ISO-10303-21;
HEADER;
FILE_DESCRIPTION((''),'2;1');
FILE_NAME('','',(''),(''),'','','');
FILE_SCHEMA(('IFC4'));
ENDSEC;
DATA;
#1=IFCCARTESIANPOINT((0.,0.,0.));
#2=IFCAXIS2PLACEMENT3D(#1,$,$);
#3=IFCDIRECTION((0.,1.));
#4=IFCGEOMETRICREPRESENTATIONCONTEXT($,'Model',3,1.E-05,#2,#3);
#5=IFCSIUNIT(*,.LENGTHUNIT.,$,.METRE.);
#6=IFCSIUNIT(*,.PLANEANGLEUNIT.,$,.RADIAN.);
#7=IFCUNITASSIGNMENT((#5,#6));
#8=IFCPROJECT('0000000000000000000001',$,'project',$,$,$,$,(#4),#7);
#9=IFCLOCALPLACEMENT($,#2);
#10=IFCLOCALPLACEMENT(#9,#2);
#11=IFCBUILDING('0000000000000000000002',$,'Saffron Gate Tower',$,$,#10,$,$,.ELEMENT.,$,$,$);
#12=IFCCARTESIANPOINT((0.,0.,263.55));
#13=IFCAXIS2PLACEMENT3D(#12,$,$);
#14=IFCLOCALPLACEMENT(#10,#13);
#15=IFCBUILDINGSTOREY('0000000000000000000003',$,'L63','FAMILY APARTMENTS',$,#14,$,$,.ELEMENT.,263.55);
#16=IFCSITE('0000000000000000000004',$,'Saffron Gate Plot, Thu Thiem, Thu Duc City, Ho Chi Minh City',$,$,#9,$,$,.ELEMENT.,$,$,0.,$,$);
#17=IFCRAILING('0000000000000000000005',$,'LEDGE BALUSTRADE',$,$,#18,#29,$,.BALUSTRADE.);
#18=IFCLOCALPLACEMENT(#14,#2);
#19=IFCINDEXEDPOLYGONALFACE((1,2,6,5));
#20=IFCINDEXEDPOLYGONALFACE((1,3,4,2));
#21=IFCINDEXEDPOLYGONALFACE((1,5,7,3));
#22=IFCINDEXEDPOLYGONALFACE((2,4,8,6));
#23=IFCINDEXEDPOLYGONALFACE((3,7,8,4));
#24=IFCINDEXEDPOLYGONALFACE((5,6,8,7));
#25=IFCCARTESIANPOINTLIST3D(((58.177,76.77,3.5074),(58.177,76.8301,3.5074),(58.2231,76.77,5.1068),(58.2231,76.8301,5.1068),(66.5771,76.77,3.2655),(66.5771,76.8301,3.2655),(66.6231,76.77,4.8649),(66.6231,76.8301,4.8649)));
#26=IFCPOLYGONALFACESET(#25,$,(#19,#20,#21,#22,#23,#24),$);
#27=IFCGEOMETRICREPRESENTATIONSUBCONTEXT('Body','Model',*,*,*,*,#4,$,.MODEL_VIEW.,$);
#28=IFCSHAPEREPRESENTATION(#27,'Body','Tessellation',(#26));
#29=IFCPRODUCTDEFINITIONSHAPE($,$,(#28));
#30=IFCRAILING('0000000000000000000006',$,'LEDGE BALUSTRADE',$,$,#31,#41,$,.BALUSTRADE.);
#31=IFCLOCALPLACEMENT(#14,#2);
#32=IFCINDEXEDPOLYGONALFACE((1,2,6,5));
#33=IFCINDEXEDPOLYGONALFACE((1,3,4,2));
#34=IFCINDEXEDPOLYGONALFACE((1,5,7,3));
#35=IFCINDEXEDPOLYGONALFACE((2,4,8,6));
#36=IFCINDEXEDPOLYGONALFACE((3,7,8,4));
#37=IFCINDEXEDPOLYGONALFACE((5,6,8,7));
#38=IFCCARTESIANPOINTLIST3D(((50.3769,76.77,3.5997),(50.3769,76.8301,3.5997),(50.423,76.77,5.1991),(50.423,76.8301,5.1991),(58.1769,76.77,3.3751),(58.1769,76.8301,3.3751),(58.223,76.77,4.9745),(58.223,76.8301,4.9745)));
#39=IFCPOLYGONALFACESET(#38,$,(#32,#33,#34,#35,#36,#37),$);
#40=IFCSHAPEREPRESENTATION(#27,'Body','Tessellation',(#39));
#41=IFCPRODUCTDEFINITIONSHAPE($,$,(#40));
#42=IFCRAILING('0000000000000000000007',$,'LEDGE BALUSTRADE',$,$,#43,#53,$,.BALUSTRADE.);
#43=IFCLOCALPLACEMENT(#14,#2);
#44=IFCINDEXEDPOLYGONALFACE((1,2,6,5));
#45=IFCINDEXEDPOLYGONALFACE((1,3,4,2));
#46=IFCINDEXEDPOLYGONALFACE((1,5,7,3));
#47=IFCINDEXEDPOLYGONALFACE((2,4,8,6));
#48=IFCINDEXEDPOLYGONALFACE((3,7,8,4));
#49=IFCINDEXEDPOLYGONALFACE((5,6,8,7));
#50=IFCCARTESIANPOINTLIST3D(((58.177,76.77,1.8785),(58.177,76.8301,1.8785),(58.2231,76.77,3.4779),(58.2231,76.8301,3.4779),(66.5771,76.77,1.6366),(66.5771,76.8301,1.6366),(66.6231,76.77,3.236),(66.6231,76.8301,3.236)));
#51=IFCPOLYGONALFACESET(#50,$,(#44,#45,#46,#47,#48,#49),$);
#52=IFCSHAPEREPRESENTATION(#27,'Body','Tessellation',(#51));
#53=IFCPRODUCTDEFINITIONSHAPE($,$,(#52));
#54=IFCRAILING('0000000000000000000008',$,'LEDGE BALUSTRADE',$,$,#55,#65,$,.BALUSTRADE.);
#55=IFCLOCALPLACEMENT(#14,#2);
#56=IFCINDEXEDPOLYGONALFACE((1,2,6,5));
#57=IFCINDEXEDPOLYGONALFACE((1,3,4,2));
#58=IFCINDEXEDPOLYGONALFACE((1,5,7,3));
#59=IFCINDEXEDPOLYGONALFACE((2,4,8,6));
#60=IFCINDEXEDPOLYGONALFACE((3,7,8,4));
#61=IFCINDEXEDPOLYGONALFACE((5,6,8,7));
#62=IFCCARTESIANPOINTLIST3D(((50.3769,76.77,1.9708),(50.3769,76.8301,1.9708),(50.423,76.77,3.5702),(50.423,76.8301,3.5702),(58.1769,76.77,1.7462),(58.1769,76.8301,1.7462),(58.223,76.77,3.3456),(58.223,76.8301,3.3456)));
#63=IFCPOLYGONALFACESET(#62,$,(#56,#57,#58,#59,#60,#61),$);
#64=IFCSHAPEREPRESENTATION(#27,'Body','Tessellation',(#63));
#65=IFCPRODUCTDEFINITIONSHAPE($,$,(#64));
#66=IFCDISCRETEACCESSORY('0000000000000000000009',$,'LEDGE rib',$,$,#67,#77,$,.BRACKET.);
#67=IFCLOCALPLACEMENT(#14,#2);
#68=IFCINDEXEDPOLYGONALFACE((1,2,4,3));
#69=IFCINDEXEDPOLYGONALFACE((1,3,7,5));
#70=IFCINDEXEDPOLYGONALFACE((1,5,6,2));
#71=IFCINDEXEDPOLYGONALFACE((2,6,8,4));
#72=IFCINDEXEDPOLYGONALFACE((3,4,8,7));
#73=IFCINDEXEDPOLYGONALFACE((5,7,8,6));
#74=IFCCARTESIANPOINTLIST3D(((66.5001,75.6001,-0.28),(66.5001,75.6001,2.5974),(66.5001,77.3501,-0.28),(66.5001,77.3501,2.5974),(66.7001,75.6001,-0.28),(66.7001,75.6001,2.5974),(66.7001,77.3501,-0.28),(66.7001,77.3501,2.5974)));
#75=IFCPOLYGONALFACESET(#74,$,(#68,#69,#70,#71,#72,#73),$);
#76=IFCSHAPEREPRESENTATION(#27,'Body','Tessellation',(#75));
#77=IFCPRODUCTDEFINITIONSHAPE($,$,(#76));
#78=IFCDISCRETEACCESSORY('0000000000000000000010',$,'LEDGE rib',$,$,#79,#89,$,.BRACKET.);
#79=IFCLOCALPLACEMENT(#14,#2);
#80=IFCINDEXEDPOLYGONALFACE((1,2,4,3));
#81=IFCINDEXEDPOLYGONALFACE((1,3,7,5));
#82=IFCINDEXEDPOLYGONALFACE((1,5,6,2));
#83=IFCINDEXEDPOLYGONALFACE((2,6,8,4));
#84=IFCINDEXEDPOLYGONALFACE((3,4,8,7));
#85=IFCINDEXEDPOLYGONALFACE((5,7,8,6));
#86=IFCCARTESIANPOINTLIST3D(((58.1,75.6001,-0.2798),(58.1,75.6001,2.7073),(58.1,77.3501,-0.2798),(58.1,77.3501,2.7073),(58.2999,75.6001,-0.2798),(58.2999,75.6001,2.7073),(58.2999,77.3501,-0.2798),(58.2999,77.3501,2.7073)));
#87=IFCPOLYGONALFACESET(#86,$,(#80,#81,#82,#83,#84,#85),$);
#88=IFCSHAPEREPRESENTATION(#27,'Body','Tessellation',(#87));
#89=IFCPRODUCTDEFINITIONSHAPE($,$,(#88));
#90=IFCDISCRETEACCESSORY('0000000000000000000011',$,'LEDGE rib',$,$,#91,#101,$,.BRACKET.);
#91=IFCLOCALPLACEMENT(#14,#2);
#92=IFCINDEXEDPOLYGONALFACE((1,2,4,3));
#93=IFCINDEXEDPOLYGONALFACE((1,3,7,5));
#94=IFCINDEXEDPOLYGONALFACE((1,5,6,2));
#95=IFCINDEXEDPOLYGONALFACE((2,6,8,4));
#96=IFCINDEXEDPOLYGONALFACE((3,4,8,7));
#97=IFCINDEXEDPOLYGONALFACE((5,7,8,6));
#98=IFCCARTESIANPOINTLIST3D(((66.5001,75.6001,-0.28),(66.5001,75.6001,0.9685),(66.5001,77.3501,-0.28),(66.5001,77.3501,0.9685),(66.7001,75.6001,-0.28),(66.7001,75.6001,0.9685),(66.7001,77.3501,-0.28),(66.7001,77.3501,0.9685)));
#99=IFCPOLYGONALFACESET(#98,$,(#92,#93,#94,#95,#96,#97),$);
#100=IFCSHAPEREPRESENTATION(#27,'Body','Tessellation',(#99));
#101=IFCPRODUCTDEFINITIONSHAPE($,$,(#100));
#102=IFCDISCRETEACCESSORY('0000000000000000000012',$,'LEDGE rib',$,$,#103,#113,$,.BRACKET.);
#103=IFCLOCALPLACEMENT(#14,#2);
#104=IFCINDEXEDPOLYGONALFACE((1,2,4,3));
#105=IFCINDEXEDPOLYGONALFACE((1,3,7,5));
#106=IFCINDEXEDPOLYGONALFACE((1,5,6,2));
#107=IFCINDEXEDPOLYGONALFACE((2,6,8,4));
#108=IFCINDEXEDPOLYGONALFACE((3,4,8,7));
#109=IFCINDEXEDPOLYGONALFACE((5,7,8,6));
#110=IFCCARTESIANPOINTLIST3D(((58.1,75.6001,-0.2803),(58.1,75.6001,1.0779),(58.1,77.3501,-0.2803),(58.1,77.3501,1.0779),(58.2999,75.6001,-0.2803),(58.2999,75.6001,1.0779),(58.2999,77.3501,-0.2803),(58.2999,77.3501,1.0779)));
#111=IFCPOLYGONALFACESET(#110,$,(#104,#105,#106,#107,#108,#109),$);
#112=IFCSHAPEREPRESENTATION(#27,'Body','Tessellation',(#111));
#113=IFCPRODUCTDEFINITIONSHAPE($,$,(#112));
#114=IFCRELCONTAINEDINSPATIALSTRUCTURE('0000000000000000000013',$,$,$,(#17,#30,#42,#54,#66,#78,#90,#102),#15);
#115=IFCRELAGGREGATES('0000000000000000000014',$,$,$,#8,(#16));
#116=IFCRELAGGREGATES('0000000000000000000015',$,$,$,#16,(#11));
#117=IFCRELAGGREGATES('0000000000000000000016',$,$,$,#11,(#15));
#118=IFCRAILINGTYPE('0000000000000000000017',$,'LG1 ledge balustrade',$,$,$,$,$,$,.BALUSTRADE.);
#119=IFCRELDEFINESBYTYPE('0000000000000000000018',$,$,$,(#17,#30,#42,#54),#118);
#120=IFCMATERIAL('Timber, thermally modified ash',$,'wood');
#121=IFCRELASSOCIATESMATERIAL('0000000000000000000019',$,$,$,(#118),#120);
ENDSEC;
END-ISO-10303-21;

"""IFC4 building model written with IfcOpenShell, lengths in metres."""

from ifc_helpers import new_model, si_unit, direction, frame, origin, origin_2d, place, context, subcontext, project, spatial, rectangle, extrude, material, type_object, element, save


model = new_model("IFC4")

# Units and contexts
model_context = context("Model", 3, precision=1e-05, world=origin(), true_north=direction((0.0, 1.0)))
body_context = subcontext(model_context, "Body", "Model", "MODEL_VIEW")
ifc_project = project(units=[si_unit("LENGTHUNIT", "METRE"), si_unit("PLANEANGLEUNIT", "RADIAN")], contexts=[model_context])

# Site, building, storey
site_placement = place(None, origin())
site = spatial("IfcSite", under=ifc_project, at=site_placement, Name="Saffron Gate Plot, Thu Thiem, Thu Duc City, Ho Chi Minh City", CompositionType="ELEMENT", RefElevation=0.0)
building_placement = place(site_placement, origin())
building = spatial("IfcBuilding", under=site, at=building_placement, Name="Saffron Gate Tower", CompositionType="ELEMENT")
storey_placement = place(building_placement, frame((0.0, 0.0, 263.55)))
storey = spatial("IfcBuildingStorey", under=building, at=storey_placement, Name="L63", Description="FAMILY APARTMENTS", CompositionType="ELEMENT", Elevation=263.55)

# Shared definitions
ifc_material_1 = material(Name="Timber, thermally modified ash", Category="wood")

# Railings
railing_type = type_object("IfcRailingType", Name="LG1 ledge balustrade", PredefinedType="BALUSTRADE", material=ifc_material_1)
railing_1_placement = place(storey_placement, frame((66.6001, 76.8, 3.2651)))
element("IfcRailing", 1, at=railing_1_placement, inside=storey, type_object=railing_type, Name="LEDGE BALUSTRADE", PredefinedType="BALUSTRADE", context=body_context, shape_type="SweptSolid", body=[
    extrude(rectangle(XDim=0.0601, YDim=1.6001, at=origin_2d()), frame((0.0, 0.0, 0.8), z_axis=(-0.999585, 0.0, 0.02879), x_axis=(0.0, -1.0, 0.0)), (0.0, 0.0, 1.0), 8.4036),
])
railing_2_placement = place(storey_placement, frame((58.2, 76.8, 3.3748)))
element("IfcRailing", 2, at=railing_2_placement, inside=storey, type_object=railing_type, Name="LEDGE BALUSTRADE", PredefinedType="BALUSTRADE", context=body_context, shape_type="SweptSolid", body=[
    extrude(rectangle(XDim=0.0601, YDim=1.6001, at=origin_2d()), frame((0.0, 0.0, 0.8), z_axis=(-0.999586, 0.0, 0.028784), x_axis=(0.0, -1.0, 0.0)), (0.0, 0.0, 1.0), 7.8032),
])
railing_3_placement = place(storey_placement, frame((66.6001, 76.8, 1.6362)))
element("IfcRailing", 3, at=railing_3_placement, inside=storey, type_object=railing_type, Name="LEDGE BALUSTRADE", PredefinedType="BALUSTRADE", context=body_context, shape_type="SweptSolid", body=[
    extrude(rectangle(XDim=0.0601, YDim=1.6001, at=origin_2d()), frame((0.0, 0.0, 0.8), z_axis=(-0.999585, 0.0, 0.02879), x_axis=(0.0, -1.0, 0.0)), (0.0, 0.0, 1.0), 8.4036),
])
railing_4_placement = place(storey_placement, frame((58.2, 76.8, 1.7458)))
element("IfcRailing", 4, at=railing_4_placement, inside=storey, type_object=railing_type, Name="LEDGE BALUSTRADE", PredefinedType="BALUSTRADE", context=body_context, shape_type="SweptSolid", body=[
    extrude(rectangle(XDim=0.0601, YDim=1.6001, at=origin_2d()), frame((0.0, 0.0, 0.8), z_axis=(-0.999586, 0.0, 0.028784), x_axis=(0.0, -1.0, 0.0)), (0.0, 0.0, 1.0), 7.8032),
])

# Discrete accessories
discrete_accessory_1_placement = place(storey_placement, frame((66.6001, 76.4751, -0.28), z_axis=(0.0, 0.0, 1.0), x_axis=(-1.0, 0.0, 0.0)))
element("IfcDiscreteAccessory", 5, at=discrete_accessory_1_placement, inside=storey, Name="LEDGE rib", PredefinedType="BRACKET", context=body_context, shape_type="SweptSolid", body=[
    extrude(rectangle(XDim=0.2, YDim=1.75, at=origin_2d()), origin(), (0.0, 0.0, 1.0), 2.8774),
])
discrete_accessory_2_placement = place(storey_placement, frame((58.2, 76.4751, -0.2798), z_axis=(0.0, 0.0, 1.0), x_axis=(-1.0, 0.0, 0.0)))
element("IfcDiscreteAccessory", 6, at=discrete_accessory_2_placement, inside=storey, Name="LEDGE rib", PredefinedType="BRACKET", context=body_context, shape_type="SweptSolid", body=[
    extrude(rectangle(XDim=0.2, YDim=1.75, at=origin_2d()), origin(), (0.0, 0.0, 1.0), 2.9871),
])
discrete_accessory_3_placement = place(storey_placement, frame((66.6001, 76.4751, -0.28), z_axis=(0.0, 0.0, 1.0), x_axis=(-1.0, 0.0, 0.0)))
element("IfcDiscreteAccessory", 7, at=discrete_accessory_3_placement, inside=storey, Name="LEDGE rib", PredefinedType="BRACKET", context=body_context, shape_type="SweptSolid", body=[
    extrude(rectangle(XDim=0.2, YDim=1.75, at=origin_2d()), origin(), (0.0, 0.0, 1.0), 1.2485),
])
discrete_accessory_4_placement = place(storey_placement, frame((58.2, 76.4751, -0.2803), z_axis=(0.0, 0.0, 1.0), x_axis=(-1.0, 0.0, 0.0)))
element("IfcDiscreteAccessory", 8, at=discrete_accessory_4_placement, inside=storey, Name="LEDGE rib", PredefinedType="BRACKET", context=body_context, shape_type="SweptSolid", body=[
    extrude(rectangle(XDim=0.2, YDim=1.75, at=origin_2d()), origin(), (0.0, 0.0, 1.0), 1.3582),
])

save(model, "model.ifc")
